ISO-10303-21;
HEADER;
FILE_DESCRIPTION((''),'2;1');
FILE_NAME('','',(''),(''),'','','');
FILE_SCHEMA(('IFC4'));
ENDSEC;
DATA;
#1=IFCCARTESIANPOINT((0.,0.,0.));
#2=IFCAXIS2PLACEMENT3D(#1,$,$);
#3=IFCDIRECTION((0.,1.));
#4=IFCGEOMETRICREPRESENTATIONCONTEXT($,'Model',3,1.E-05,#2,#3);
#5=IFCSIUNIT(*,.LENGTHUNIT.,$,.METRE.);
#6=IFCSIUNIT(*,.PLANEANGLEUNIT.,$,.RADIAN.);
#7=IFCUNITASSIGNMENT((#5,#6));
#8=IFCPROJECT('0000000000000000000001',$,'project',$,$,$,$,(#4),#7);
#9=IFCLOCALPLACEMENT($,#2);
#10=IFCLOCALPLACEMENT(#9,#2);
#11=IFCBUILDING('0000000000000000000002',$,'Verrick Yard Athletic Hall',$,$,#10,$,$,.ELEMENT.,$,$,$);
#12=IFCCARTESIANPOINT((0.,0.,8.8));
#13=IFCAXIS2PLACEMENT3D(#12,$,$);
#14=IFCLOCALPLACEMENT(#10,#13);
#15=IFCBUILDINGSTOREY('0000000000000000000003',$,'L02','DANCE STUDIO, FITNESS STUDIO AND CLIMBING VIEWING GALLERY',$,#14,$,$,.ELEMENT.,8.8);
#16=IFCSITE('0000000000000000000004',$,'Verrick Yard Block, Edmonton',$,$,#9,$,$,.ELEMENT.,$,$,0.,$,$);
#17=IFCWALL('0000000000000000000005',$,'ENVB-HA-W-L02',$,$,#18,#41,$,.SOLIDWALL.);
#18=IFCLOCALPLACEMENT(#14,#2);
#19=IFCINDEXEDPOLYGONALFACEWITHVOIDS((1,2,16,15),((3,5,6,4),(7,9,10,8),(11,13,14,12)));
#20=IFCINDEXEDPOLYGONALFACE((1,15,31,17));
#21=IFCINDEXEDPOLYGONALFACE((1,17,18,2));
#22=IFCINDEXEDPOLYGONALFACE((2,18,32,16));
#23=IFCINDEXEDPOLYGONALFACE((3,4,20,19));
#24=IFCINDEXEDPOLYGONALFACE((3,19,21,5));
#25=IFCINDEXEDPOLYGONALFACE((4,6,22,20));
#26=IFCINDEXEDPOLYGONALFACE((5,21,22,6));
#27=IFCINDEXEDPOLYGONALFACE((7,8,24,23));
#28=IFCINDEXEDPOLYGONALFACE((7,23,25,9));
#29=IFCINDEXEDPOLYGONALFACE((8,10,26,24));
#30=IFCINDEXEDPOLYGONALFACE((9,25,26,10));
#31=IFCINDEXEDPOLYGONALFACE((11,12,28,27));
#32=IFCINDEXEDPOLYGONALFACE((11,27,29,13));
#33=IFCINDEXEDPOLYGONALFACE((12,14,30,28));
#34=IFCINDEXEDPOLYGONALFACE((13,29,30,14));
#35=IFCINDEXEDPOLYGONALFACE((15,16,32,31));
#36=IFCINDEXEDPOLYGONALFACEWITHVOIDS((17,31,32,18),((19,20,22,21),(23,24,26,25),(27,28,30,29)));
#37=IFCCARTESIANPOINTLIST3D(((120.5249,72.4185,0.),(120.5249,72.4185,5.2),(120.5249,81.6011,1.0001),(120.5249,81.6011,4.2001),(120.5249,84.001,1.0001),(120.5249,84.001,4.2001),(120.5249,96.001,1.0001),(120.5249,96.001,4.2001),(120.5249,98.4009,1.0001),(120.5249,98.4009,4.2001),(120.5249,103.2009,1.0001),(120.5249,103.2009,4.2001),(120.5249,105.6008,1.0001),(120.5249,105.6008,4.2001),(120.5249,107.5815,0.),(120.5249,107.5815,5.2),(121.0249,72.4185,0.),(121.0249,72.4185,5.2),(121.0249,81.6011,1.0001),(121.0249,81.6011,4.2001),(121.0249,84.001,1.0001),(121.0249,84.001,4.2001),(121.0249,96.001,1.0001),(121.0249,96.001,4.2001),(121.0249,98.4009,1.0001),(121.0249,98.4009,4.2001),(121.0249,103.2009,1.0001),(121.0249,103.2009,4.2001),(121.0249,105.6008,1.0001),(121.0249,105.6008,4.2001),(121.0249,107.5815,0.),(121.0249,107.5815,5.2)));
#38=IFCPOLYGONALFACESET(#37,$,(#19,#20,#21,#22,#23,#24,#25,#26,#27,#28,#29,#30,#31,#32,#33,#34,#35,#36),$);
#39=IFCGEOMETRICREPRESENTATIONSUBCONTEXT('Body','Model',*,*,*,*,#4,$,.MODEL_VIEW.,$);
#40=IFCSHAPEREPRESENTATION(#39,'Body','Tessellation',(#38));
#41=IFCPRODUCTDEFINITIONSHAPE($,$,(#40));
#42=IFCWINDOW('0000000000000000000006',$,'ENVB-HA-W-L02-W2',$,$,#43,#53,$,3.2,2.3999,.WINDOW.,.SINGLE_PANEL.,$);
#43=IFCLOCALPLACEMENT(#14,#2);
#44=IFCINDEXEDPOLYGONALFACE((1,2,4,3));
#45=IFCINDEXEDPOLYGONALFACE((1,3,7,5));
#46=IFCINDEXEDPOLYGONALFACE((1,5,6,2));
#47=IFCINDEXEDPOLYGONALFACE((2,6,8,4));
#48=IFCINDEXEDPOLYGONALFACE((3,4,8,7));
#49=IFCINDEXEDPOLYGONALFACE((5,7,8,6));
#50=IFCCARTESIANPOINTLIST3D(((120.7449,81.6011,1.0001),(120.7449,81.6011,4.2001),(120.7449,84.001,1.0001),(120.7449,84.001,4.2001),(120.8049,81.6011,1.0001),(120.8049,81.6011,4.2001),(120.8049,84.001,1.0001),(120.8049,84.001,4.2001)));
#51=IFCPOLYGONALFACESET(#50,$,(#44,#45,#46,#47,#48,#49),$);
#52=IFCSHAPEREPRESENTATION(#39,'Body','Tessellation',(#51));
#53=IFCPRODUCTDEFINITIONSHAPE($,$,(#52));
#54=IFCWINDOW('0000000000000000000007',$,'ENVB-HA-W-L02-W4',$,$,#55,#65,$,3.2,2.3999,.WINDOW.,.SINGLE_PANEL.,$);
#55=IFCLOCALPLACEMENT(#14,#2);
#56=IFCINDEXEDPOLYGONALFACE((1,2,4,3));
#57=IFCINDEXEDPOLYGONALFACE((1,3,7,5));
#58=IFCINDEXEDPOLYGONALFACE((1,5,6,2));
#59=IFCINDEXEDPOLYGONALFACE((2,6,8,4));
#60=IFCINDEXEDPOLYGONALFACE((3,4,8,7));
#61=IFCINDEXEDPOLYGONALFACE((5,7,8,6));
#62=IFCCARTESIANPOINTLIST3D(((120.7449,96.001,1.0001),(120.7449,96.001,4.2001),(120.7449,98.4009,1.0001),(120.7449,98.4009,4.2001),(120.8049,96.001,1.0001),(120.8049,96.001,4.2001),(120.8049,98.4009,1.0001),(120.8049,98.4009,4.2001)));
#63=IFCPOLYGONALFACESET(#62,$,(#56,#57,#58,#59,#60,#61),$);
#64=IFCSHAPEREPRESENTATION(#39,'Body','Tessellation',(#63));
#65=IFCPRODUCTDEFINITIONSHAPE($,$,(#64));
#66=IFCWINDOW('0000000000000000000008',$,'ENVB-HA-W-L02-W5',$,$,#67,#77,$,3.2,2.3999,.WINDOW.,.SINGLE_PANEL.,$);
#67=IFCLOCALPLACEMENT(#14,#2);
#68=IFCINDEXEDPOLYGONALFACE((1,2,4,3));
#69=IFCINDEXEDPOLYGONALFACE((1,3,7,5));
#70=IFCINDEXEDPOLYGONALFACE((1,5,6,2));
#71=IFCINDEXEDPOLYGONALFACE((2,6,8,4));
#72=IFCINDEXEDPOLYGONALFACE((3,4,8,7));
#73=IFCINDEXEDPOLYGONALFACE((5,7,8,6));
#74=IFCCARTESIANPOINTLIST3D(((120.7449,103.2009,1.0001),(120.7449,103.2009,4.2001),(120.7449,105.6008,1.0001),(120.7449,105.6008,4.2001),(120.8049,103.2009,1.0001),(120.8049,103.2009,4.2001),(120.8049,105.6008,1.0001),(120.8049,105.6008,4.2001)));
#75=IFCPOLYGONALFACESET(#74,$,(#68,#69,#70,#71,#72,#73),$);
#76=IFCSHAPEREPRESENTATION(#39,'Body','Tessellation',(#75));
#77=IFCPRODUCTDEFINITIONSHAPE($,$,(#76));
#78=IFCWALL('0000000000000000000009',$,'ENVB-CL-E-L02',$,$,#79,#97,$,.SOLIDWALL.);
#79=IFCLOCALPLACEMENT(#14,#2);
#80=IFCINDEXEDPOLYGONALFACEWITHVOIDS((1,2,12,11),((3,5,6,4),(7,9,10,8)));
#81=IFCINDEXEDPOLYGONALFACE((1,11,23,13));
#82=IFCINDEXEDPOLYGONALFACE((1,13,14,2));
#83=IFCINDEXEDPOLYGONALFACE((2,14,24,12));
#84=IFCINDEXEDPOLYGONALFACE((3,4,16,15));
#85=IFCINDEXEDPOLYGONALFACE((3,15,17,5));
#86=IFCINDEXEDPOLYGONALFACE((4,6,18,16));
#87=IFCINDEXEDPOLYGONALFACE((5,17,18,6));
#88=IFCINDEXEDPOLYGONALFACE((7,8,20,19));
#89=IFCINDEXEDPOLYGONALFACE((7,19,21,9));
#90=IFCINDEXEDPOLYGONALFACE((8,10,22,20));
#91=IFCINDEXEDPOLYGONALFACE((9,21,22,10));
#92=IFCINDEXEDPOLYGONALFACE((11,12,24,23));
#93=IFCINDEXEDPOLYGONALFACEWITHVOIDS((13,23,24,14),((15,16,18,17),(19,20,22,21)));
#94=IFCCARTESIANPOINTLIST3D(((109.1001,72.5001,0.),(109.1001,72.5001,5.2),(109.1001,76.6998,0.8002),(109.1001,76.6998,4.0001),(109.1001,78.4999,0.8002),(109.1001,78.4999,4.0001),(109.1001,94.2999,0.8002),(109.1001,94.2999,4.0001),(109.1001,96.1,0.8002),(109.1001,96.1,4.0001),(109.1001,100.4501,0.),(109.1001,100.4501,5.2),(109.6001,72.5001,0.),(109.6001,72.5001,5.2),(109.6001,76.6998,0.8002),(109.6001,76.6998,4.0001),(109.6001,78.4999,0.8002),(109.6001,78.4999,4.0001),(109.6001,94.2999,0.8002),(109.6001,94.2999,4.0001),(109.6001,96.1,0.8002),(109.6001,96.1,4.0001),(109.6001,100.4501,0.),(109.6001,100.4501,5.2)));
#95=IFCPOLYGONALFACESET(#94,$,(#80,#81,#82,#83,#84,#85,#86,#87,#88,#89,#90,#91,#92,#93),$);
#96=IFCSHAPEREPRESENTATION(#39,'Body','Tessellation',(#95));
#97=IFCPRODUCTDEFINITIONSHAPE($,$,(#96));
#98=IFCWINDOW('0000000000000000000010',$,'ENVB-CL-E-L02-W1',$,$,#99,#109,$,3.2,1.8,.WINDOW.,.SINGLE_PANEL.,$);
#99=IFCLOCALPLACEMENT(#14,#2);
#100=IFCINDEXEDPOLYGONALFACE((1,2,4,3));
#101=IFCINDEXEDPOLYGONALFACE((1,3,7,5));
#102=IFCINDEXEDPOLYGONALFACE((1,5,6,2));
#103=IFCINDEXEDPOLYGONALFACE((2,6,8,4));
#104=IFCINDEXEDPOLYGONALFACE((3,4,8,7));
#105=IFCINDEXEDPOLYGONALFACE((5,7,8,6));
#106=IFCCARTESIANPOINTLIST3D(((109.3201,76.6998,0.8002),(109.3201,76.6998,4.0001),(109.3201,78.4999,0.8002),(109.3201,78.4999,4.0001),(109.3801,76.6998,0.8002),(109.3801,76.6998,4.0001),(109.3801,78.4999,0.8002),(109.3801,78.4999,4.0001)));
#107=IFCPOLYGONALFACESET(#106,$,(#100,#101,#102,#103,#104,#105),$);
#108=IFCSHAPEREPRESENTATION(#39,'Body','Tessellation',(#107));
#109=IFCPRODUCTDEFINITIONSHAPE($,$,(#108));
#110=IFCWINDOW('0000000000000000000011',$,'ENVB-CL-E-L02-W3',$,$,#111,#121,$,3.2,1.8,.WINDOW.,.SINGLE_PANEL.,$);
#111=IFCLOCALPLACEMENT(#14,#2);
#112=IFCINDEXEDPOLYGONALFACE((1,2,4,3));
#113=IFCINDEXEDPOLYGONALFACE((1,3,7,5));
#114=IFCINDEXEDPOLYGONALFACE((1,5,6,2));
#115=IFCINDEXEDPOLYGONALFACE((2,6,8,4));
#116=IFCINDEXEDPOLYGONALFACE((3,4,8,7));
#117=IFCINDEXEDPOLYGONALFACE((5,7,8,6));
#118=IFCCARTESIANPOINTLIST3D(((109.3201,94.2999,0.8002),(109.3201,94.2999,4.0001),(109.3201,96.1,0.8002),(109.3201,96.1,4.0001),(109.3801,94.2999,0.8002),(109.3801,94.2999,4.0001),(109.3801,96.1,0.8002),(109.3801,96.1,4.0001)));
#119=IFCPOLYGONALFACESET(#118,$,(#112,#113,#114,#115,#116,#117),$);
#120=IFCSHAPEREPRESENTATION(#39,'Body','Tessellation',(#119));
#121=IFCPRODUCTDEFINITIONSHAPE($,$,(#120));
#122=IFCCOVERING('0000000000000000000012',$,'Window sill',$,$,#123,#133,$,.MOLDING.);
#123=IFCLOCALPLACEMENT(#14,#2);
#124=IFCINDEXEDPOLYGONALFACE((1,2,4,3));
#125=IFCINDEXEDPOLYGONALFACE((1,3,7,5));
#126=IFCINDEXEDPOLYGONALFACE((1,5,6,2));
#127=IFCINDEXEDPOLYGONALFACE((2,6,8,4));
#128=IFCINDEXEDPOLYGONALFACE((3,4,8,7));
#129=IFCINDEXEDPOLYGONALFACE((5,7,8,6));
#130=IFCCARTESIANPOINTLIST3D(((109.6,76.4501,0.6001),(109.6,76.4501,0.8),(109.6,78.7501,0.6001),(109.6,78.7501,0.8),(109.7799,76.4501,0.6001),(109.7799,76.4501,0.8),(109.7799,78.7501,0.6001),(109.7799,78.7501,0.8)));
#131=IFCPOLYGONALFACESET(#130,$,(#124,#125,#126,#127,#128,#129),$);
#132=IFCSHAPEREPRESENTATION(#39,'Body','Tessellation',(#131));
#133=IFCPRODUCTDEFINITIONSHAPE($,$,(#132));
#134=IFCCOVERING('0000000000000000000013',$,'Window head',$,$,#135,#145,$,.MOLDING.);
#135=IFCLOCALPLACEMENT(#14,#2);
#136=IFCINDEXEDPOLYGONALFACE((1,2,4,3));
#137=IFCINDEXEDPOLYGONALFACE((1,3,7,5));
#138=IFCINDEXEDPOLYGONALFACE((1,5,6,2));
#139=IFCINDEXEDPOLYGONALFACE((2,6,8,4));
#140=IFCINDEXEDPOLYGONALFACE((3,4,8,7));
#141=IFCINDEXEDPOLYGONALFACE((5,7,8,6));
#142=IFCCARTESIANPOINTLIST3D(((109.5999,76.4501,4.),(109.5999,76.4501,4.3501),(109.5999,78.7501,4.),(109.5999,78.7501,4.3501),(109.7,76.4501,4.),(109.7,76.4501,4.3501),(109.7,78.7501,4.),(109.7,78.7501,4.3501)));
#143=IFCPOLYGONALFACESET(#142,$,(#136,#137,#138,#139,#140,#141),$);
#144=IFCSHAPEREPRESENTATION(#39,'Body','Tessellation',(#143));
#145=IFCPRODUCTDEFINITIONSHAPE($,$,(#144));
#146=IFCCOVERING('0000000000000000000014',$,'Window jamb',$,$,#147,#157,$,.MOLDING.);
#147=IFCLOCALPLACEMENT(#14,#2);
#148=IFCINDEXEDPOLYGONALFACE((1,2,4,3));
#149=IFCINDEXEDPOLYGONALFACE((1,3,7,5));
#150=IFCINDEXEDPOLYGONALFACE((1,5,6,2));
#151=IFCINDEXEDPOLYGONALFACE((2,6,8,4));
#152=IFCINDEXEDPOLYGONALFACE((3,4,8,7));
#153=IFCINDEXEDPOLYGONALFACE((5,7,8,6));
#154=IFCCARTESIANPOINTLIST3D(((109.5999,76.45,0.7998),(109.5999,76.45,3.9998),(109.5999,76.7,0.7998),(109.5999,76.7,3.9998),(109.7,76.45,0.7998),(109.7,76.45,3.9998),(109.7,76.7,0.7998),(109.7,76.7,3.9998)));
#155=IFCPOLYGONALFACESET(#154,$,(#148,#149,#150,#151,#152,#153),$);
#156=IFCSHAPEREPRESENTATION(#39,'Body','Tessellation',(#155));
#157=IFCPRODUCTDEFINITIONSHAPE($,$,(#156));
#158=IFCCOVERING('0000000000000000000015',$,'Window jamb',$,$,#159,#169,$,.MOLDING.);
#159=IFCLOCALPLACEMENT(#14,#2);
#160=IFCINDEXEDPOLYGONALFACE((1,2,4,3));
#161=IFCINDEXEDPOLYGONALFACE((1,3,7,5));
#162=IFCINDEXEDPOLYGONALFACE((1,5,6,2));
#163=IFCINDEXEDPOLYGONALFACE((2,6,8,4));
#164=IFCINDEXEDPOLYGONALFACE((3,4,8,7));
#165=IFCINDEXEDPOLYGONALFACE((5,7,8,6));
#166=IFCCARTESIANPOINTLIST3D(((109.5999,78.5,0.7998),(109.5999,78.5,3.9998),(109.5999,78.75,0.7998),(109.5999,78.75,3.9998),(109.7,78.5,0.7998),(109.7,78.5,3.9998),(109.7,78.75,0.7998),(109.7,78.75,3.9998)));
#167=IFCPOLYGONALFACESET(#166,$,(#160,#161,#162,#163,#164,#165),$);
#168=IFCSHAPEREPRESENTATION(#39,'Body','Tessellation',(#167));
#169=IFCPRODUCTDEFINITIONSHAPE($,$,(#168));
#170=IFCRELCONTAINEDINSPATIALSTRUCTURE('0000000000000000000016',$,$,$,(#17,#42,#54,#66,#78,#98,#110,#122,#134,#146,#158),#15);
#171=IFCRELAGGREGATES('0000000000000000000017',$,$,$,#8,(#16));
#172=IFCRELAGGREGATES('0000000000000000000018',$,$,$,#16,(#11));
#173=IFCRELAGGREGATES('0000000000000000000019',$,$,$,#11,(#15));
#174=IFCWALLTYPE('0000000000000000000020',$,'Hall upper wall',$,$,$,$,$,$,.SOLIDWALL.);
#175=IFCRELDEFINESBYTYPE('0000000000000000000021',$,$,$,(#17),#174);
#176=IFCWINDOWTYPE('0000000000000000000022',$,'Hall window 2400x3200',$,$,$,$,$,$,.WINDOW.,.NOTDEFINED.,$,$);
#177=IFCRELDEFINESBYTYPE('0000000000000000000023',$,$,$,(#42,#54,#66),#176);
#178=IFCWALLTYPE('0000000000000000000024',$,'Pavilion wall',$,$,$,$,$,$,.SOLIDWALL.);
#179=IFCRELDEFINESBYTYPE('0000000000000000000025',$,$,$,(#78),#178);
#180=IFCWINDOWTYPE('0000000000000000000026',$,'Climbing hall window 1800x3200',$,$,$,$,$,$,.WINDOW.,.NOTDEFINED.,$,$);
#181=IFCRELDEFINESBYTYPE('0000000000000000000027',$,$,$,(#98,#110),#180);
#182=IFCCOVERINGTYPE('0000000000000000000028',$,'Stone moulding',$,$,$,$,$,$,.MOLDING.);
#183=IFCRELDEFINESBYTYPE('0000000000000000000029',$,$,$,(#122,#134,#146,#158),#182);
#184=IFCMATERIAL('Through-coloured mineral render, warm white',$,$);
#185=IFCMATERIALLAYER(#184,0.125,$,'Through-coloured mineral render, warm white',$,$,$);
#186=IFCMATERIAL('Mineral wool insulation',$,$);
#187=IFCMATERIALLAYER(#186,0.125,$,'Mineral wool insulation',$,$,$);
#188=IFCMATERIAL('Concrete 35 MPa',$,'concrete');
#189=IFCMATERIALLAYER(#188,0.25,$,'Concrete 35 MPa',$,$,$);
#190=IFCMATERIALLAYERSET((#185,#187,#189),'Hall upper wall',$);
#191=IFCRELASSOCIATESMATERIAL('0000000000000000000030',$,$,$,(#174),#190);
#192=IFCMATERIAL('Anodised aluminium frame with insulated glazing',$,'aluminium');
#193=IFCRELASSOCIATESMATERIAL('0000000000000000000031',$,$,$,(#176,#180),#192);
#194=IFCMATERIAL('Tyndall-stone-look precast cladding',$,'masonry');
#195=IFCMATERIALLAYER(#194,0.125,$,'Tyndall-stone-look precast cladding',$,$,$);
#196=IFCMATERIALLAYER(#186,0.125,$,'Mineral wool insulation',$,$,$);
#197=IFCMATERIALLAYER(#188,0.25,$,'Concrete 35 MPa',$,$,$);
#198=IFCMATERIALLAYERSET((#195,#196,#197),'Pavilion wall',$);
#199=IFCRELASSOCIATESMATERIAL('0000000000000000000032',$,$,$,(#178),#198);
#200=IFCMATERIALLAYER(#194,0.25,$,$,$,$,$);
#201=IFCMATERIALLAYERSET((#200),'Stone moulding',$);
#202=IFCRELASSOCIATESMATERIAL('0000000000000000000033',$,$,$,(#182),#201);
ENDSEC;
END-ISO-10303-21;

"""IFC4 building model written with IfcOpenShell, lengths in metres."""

from ifc_helpers import new_model, si_unit, direction, frame, frame_2d, origin, origin_2d, place, context, subcontext, project, spatial, rectangle, extrude, material, layer, layer_set, type_object, element, fill, save


model = new_model("IFC4")

# Units and contexts
model_context = context("Model", 3, precision=1e-05, world=origin(), true_north=direction((0.0, 1.0)))
body_context = subcontext(model_context, "Body", "Model", "MODEL_VIEW")
ifc_project = project(units=[si_unit("LENGTHUNIT", "METRE"), si_unit("PLANEANGLEUNIT", "RADIAN")], contexts=[model_context])

# Site, building, storey
site_placement = place(None, origin())
site = spatial("IfcSite", under=ifc_project, at=site_placement, Name="Verrick Yard Block, Edmonton", CompositionType="ELEMENT", RefElevation=0.0)
building_placement = place(site_placement, origin())
building = spatial("IfcBuilding", under=site, at=building_placement, Name="Verrick Yard Athletic Hall", CompositionType="ELEMENT")
storey_placement = place(building_placement, frame((0.0, 0.0, 8.8)))
storey = spatial("IfcBuildingStorey", under=building, at=storey_placement, Name="L02", Description="DANCE STUDIO, FITNESS STUDIO AND CLIMBING VIEWING GALLERY", CompositionType="ELEMENT", Elevation=8.8)

# Walls, openings, windows
ifc_material_1 = material(Name="Through-coloured mineral render, warm white")
ifc_layer_1 = layer(ifc_material_1, 0.125, Name="Through-coloured mineral render, warm white")
ifc_material_2 = material(Name="Mineral wool insulation")
ifc_layer_2 = layer(ifc_material_2, 0.125, Name="Mineral wool insulation")
ifc_material_3 = material(Name="Concrete 35 MPa", Category="concrete")
ifc_layer_3 = layer(ifc_material_3, 0.25, Name="Concrete 35 MPa")
ifc_layer_set_1 = layer_set([ifc_layer_1, ifc_layer_2, ifc_layer_3], Name="Hall upper wall")
wall_type_1 = type_object("IfcWallType", Name="Hall upper wall", PredefinedType="SOLIDWALL", material=ifc_layer_set_1)
wall_1_placement = place(storey_placement, frame((120.7749, 72.4185, 0.0), z_axis=(0.0, 0.0, 1.0), x_axis=(0.0, 1.0, 0.0)))
wall_1 = element("IfcWall", 1, at=wall_1_placement, inside=storey, type_object=wall_type_1, Name="ENVB-HA-W-L02", PredefinedType="SOLIDWALL", context=body_context, shape_type="SweptSolid", body=[
    extrude(rectangle(XDim=35.1631, YDim=0.5, at=frame_2d((17.5815, 0.0))), origin(), (0.0, 0.0, 1.0), 5.2),
])
opening_1_placement = place(wall_1_placement, frame((9.1826, 0.0, 1.0)))
opening_1 = element("IfcOpeningElement", 2, at=opening_1_placement, cuts=wall_1, PredefinedType="OPENING", context=body_context, shape_type="SweptSolid", body=[
    extrude(rectangle(XDim=2.3999, YDim=3.2, at=frame_2d((1.2, 1.6001))), frame((0.0, 0.26, 0.0), z_axis=(0.0, -1.0, 0.0), x_axis=(1.0, 0.0, 0.0)), (0.0, 0.0, 1.0), 0.52),
])
opening_2_placement = place(wall_1_placement, frame((23.5825, 0.0, 1.0)))
opening_2 = element("IfcOpeningElement", 3, at=opening_2_placement, cuts=wall_1, PredefinedType="OPENING", context=body_context, shape_type="SweptSolid", body=[
    extrude(rectangle(XDim=2.3999, YDim=3.2, at=frame_2d((1.2, 1.6001))), frame((0.0, 0.26, 0.0), z_axis=(0.0, -1.0, 0.0), x_axis=(1.0, 0.0, 0.0)), (0.0, 0.0, 1.0), 0.52),
])
opening_3_placement = place(wall_1_placement, frame((30.7825, 0.0, 1.0)))
opening_3 = element("IfcOpeningElement", 4, at=opening_3_placement, cuts=wall_1, PredefinedType="OPENING", context=body_context, shape_type="SweptSolid", body=[
    extrude(rectangle(XDim=2.3999, YDim=3.2, at=frame_2d((1.2, 1.6001))), frame((0.0, 0.26, 0.0), z_axis=(0.0, -1.0, 0.0), x_axis=(1.0, 0.0, 0.0)), (0.0, 0.0, 1.0), 0.52),
])
ifc_material_4 = material(Name="Anodised aluminium frame with insulated glazing", Category="aluminium")
window_type_1 = type_object("IfcWindowType", Name="Hall window 2400x3200", PartitioningType="NOTDEFINED", PredefinedType="WINDOW", material=ifc_material_4)
window_1_placement = place(opening_1_placement, origin())
window_1 = element("IfcWindow", 5, at=window_1_placement, inside=storey, type_object=window_type_1, Name="ENVB-HA-W-L02-W2", OverallHeight=3.2, OverallWidth=2.3999, PartitioningType="SINGLE_PANEL", PredefinedType="WINDOW", context=body_context, shape_type="SweptSolid", body=[
    extrude(rectangle(XDim=2.3999, YDim=3.2, at=frame_2d((1.2, 1.6001))), frame((0.0, 0.03, 0.0), z_axis=(0.0, -1.0, 0.0), x_axis=(1.0, 0.0, 0.0)), (0.0, 0.0, 1.0), 0.0601),
])
fill(opening_1, window_1)
window_2_placement = place(opening_2_placement, origin())
window_2 = element("IfcWindow", 6, at=window_2_placement, inside=storey, type_object=window_type_1, Name="ENVB-HA-W-L02-W4", OverallHeight=3.2, OverallWidth=2.3999, PartitioningType="SINGLE_PANEL", PredefinedType="WINDOW", context=body_context, shape_type="SweptSolid", body=[
    extrude(rectangle(XDim=2.3999, YDim=3.2, at=frame_2d((1.2, 1.6001))), frame((0.0, 0.03, 0.0), z_axis=(0.0, -1.0, 0.0), x_axis=(1.0, 0.0, 0.0)), (0.0, 0.0, 1.0), 0.0601),
])
fill(opening_2, window_2)
window_3_placement = place(opening_3_placement, origin())
window_3 = element("IfcWindow", 7, at=window_3_placement, inside=storey, type_object=window_type_1, Name="ENVB-HA-W-L02-W5", OverallHeight=3.2, OverallWidth=2.3999, PartitioningType="SINGLE_PANEL", PredefinedType="WINDOW", context=body_context, shape_type="SweptSolid", body=[
    extrude(rectangle(XDim=2.3999, YDim=3.2, at=frame_2d((1.2, 1.6001))), frame((0.0, 0.03, 0.0), z_axis=(0.0, -1.0, 0.0), x_axis=(1.0, 0.0, 0.0)), (0.0, 0.0, 1.0), 0.0601),
])
fill(opening_3, window_3)
ifc_material_5 = material(Name="Tyndall-stone-look precast cladding", Category="masonry")
ifc_layer_4 = layer(ifc_material_5, 0.125, Name="Tyndall-stone-look precast cladding")
ifc_layer_5 = layer(ifc_material_2, 0.125, Name="Mineral wool insulation")
ifc_layer_6 = layer(ifc_material_3, 0.25, Name="Concrete 35 MPa")
ifc_layer_set_2 = layer_set([ifc_layer_4, ifc_layer_5, ifc_layer_6], Name="Pavilion wall")
wall_type_2 = type_object("IfcWallType", Name="Pavilion wall", PredefinedType="SOLIDWALL", material=ifc_layer_set_2)
wall_2_placement = place(storey_placement, frame((109.3501, 72.5, 0.0), z_axis=(0.0, 0.0, 1.0), x_axis=(0.0, 1.0, 0.0)))
wall_2 = element("IfcWall", 8, at=wall_2_placement, inside=storey, type_object=wall_type_2, Name="ENVB-CL-E-L02", PredefinedType="SOLIDWALL", context=body_context, shape_type="SweptSolid", body=[
    extrude(rectangle(XDim=27.95, YDim=0.5, at=frame_2d((13.9751, 0.0))), origin(), (0.0, 0.0, 1.0), 5.2),
])
opening_4_placement = place(wall_2_placement, frame((4.2, 0.0, 0.8)))
opening_4 = element("IfcOpeningElement", 9, at=opening_4_placement, cuts=wall_2, PredefinedType="OPENING", context=body_context, shape_type="SweptSolid", body=[
    extrude(rectangle(XDim=1.8, YDim=3.2, at=frame_2d((0.8999, 1.6001))), frame((0.0, 0.26, 0.0), z_axis=(0.0, -1.0, 0.0), x_axis=(1.0, 0.0, 0.0)), (0.0, 0.0, 1.0), 0.52),
])
opening_5_placement = place(wall_2_placement, frame((21.8, 0.0, 0.8)))
opening_5 = element("IfcOpeningElement", 10, at=opening_5_placement, cuts=wall_2, PredefinedType="OPENING", context=body_context, shape_type="SweptSolid", body=[
    extrude(rectangle(XDim=1.8, YDim=3.2, at=frame_2d((0.8999, 1.6001))), frame((0.0, 0.26, 0.0), z_axis=(0.0, -1.0, 0.0), x_axis=(1.0, 0.0, 0.0)), (0.0, 0.0, 1.0), 0.52),
])
window_type_2 = type_object("IfcWindowType", Name="Climbing hall window 1800x3200", PartitioningType="NOTDEFINED", PredefinedType="WINDOW", material=ifc_material_4)
window_4_placement = place(opening_4_placement, origin())
window_4 = element("IfcWindow", 11, at=window_4_placement, inside=storey, type_object=window_type_2, Name="ENVB-CL-E-L02-W1", OverallHeight=3.2, OverallWidth=1.8, PartitioningType="SINGLE_PANEL", PredefinedType="WINDOW", context=body_context, shape_type="SweptSolid", body=[
    extrude(rectangle(XDim=1.8, YDim=3.2, at=frame_2d((0.8999, 1.6001))), frame((0.0, 0.03, 0.0), z_axis=(0.0, -1.0, 0.0), x_axis=(1.0, 0.0, 0.0)), (0.0, 0.0, 1.0), 0.0601),
])
fill(opening_4, window_4)
window_5_placement = place(opening_5_placement, origin())
window_5 = element("IfcWindow", 12, at=window_5_placement, inside=storey, type_object=window_type_2, Name="ENVB-CL-E-L02-W3", OverallHeight=3.2, OverallWidth=1.8, PartitioningType="SINGLE_PANEL", PredefinedType="WINDOW", context=body_context, shape_type="SweptSolid", body=[
    extrude(rectangle(XDim=1.8, YDim=3.2, at=frame_2d((0.8999, 1.6001))), frame((0.0, 0.03, 0.0), z_axis=(0.0, -1.0, 0.0), x_axis=(1.0, 0.0, 0.0)), (0.0, 0.0, 1.0), 0.0601),
])
fill(opening_5, window_5)

# Coverings
ifc_layer_7 = layer(ifc_material_5, 0.25)
ifc_layer_set_3 = layer_set([ifc_layer_7], Name="Stone moulding")
covering_type = type_object("IfcCoveringType", Name="Stone moulding", PredefinedType="MOLDING", material=ifc_layer_set_3)
covering_1_placement = place(storey_placement, frame((109.6899, 77.6001, 0.6001), z_axis=(0.0, 0.0, 1.0), x_axis=(0.0, 1.0, 0.0)))
element("IfcCovering", 13, at=covering_1_placement, inside=storey, type_object=covering_type, Name="Window sill", PredefinedType="MOLDING", context=body_context, shape_type="SweptSolid", body=[
    extrude(rectangle(XDim=2.3, YDim=0.1799, at=origin_2d()), origin(), (0.0, 0.0, 1.0), 0.2),
])
covering_2_placement = place(storey_placement, frame((109.6499, 77.6001, 4.0), z_axis=(0.0, 0.0, 1.0), x_axis=(0.0, 1.0, 0.0)))
element("IfcCovering", 14, at=covering_2_placement, inside=storey, type_object=covering_type, Name="Window head", PredefinedType="MOLDING", context=body_context, shape_type="SweptSolid", body=[
    extrude(rectangle(XDim=2.3, YDim=0.1001, at=origin_2d()), origin(), (0.0, 0.0, 1.0), 0.3501),
])
for number, where, z_axis, x_axis, name in (
    (15, (109.6499, 76.575, 0.7998), (0.0, 0.0, 1.0), (0.0, 1.0, 0.0), "Window jamb"),
    (16, (109.6499, 78.625, 0.7998), (0.0, 0.0, 1.0), (0.0, 1.0, 0.0), "Window jamb"),
):
    element("IfcCovering", number, at=place(storey_placement, frame(where, z_axis=z_axis, x_axis=x_axis)), inside=storey, type_object=covering_type, Name=name, PredefinedType="MOLDING", context=body_context, shape_type="SweptSolid", body=[
        extrude(rectangle(XDim=0.25, YDim=0.1001, at=origin_2d()), origin(), (0.0, 0.0, 1.0), 3.2),
    ])

save(model, "model.ifc")
